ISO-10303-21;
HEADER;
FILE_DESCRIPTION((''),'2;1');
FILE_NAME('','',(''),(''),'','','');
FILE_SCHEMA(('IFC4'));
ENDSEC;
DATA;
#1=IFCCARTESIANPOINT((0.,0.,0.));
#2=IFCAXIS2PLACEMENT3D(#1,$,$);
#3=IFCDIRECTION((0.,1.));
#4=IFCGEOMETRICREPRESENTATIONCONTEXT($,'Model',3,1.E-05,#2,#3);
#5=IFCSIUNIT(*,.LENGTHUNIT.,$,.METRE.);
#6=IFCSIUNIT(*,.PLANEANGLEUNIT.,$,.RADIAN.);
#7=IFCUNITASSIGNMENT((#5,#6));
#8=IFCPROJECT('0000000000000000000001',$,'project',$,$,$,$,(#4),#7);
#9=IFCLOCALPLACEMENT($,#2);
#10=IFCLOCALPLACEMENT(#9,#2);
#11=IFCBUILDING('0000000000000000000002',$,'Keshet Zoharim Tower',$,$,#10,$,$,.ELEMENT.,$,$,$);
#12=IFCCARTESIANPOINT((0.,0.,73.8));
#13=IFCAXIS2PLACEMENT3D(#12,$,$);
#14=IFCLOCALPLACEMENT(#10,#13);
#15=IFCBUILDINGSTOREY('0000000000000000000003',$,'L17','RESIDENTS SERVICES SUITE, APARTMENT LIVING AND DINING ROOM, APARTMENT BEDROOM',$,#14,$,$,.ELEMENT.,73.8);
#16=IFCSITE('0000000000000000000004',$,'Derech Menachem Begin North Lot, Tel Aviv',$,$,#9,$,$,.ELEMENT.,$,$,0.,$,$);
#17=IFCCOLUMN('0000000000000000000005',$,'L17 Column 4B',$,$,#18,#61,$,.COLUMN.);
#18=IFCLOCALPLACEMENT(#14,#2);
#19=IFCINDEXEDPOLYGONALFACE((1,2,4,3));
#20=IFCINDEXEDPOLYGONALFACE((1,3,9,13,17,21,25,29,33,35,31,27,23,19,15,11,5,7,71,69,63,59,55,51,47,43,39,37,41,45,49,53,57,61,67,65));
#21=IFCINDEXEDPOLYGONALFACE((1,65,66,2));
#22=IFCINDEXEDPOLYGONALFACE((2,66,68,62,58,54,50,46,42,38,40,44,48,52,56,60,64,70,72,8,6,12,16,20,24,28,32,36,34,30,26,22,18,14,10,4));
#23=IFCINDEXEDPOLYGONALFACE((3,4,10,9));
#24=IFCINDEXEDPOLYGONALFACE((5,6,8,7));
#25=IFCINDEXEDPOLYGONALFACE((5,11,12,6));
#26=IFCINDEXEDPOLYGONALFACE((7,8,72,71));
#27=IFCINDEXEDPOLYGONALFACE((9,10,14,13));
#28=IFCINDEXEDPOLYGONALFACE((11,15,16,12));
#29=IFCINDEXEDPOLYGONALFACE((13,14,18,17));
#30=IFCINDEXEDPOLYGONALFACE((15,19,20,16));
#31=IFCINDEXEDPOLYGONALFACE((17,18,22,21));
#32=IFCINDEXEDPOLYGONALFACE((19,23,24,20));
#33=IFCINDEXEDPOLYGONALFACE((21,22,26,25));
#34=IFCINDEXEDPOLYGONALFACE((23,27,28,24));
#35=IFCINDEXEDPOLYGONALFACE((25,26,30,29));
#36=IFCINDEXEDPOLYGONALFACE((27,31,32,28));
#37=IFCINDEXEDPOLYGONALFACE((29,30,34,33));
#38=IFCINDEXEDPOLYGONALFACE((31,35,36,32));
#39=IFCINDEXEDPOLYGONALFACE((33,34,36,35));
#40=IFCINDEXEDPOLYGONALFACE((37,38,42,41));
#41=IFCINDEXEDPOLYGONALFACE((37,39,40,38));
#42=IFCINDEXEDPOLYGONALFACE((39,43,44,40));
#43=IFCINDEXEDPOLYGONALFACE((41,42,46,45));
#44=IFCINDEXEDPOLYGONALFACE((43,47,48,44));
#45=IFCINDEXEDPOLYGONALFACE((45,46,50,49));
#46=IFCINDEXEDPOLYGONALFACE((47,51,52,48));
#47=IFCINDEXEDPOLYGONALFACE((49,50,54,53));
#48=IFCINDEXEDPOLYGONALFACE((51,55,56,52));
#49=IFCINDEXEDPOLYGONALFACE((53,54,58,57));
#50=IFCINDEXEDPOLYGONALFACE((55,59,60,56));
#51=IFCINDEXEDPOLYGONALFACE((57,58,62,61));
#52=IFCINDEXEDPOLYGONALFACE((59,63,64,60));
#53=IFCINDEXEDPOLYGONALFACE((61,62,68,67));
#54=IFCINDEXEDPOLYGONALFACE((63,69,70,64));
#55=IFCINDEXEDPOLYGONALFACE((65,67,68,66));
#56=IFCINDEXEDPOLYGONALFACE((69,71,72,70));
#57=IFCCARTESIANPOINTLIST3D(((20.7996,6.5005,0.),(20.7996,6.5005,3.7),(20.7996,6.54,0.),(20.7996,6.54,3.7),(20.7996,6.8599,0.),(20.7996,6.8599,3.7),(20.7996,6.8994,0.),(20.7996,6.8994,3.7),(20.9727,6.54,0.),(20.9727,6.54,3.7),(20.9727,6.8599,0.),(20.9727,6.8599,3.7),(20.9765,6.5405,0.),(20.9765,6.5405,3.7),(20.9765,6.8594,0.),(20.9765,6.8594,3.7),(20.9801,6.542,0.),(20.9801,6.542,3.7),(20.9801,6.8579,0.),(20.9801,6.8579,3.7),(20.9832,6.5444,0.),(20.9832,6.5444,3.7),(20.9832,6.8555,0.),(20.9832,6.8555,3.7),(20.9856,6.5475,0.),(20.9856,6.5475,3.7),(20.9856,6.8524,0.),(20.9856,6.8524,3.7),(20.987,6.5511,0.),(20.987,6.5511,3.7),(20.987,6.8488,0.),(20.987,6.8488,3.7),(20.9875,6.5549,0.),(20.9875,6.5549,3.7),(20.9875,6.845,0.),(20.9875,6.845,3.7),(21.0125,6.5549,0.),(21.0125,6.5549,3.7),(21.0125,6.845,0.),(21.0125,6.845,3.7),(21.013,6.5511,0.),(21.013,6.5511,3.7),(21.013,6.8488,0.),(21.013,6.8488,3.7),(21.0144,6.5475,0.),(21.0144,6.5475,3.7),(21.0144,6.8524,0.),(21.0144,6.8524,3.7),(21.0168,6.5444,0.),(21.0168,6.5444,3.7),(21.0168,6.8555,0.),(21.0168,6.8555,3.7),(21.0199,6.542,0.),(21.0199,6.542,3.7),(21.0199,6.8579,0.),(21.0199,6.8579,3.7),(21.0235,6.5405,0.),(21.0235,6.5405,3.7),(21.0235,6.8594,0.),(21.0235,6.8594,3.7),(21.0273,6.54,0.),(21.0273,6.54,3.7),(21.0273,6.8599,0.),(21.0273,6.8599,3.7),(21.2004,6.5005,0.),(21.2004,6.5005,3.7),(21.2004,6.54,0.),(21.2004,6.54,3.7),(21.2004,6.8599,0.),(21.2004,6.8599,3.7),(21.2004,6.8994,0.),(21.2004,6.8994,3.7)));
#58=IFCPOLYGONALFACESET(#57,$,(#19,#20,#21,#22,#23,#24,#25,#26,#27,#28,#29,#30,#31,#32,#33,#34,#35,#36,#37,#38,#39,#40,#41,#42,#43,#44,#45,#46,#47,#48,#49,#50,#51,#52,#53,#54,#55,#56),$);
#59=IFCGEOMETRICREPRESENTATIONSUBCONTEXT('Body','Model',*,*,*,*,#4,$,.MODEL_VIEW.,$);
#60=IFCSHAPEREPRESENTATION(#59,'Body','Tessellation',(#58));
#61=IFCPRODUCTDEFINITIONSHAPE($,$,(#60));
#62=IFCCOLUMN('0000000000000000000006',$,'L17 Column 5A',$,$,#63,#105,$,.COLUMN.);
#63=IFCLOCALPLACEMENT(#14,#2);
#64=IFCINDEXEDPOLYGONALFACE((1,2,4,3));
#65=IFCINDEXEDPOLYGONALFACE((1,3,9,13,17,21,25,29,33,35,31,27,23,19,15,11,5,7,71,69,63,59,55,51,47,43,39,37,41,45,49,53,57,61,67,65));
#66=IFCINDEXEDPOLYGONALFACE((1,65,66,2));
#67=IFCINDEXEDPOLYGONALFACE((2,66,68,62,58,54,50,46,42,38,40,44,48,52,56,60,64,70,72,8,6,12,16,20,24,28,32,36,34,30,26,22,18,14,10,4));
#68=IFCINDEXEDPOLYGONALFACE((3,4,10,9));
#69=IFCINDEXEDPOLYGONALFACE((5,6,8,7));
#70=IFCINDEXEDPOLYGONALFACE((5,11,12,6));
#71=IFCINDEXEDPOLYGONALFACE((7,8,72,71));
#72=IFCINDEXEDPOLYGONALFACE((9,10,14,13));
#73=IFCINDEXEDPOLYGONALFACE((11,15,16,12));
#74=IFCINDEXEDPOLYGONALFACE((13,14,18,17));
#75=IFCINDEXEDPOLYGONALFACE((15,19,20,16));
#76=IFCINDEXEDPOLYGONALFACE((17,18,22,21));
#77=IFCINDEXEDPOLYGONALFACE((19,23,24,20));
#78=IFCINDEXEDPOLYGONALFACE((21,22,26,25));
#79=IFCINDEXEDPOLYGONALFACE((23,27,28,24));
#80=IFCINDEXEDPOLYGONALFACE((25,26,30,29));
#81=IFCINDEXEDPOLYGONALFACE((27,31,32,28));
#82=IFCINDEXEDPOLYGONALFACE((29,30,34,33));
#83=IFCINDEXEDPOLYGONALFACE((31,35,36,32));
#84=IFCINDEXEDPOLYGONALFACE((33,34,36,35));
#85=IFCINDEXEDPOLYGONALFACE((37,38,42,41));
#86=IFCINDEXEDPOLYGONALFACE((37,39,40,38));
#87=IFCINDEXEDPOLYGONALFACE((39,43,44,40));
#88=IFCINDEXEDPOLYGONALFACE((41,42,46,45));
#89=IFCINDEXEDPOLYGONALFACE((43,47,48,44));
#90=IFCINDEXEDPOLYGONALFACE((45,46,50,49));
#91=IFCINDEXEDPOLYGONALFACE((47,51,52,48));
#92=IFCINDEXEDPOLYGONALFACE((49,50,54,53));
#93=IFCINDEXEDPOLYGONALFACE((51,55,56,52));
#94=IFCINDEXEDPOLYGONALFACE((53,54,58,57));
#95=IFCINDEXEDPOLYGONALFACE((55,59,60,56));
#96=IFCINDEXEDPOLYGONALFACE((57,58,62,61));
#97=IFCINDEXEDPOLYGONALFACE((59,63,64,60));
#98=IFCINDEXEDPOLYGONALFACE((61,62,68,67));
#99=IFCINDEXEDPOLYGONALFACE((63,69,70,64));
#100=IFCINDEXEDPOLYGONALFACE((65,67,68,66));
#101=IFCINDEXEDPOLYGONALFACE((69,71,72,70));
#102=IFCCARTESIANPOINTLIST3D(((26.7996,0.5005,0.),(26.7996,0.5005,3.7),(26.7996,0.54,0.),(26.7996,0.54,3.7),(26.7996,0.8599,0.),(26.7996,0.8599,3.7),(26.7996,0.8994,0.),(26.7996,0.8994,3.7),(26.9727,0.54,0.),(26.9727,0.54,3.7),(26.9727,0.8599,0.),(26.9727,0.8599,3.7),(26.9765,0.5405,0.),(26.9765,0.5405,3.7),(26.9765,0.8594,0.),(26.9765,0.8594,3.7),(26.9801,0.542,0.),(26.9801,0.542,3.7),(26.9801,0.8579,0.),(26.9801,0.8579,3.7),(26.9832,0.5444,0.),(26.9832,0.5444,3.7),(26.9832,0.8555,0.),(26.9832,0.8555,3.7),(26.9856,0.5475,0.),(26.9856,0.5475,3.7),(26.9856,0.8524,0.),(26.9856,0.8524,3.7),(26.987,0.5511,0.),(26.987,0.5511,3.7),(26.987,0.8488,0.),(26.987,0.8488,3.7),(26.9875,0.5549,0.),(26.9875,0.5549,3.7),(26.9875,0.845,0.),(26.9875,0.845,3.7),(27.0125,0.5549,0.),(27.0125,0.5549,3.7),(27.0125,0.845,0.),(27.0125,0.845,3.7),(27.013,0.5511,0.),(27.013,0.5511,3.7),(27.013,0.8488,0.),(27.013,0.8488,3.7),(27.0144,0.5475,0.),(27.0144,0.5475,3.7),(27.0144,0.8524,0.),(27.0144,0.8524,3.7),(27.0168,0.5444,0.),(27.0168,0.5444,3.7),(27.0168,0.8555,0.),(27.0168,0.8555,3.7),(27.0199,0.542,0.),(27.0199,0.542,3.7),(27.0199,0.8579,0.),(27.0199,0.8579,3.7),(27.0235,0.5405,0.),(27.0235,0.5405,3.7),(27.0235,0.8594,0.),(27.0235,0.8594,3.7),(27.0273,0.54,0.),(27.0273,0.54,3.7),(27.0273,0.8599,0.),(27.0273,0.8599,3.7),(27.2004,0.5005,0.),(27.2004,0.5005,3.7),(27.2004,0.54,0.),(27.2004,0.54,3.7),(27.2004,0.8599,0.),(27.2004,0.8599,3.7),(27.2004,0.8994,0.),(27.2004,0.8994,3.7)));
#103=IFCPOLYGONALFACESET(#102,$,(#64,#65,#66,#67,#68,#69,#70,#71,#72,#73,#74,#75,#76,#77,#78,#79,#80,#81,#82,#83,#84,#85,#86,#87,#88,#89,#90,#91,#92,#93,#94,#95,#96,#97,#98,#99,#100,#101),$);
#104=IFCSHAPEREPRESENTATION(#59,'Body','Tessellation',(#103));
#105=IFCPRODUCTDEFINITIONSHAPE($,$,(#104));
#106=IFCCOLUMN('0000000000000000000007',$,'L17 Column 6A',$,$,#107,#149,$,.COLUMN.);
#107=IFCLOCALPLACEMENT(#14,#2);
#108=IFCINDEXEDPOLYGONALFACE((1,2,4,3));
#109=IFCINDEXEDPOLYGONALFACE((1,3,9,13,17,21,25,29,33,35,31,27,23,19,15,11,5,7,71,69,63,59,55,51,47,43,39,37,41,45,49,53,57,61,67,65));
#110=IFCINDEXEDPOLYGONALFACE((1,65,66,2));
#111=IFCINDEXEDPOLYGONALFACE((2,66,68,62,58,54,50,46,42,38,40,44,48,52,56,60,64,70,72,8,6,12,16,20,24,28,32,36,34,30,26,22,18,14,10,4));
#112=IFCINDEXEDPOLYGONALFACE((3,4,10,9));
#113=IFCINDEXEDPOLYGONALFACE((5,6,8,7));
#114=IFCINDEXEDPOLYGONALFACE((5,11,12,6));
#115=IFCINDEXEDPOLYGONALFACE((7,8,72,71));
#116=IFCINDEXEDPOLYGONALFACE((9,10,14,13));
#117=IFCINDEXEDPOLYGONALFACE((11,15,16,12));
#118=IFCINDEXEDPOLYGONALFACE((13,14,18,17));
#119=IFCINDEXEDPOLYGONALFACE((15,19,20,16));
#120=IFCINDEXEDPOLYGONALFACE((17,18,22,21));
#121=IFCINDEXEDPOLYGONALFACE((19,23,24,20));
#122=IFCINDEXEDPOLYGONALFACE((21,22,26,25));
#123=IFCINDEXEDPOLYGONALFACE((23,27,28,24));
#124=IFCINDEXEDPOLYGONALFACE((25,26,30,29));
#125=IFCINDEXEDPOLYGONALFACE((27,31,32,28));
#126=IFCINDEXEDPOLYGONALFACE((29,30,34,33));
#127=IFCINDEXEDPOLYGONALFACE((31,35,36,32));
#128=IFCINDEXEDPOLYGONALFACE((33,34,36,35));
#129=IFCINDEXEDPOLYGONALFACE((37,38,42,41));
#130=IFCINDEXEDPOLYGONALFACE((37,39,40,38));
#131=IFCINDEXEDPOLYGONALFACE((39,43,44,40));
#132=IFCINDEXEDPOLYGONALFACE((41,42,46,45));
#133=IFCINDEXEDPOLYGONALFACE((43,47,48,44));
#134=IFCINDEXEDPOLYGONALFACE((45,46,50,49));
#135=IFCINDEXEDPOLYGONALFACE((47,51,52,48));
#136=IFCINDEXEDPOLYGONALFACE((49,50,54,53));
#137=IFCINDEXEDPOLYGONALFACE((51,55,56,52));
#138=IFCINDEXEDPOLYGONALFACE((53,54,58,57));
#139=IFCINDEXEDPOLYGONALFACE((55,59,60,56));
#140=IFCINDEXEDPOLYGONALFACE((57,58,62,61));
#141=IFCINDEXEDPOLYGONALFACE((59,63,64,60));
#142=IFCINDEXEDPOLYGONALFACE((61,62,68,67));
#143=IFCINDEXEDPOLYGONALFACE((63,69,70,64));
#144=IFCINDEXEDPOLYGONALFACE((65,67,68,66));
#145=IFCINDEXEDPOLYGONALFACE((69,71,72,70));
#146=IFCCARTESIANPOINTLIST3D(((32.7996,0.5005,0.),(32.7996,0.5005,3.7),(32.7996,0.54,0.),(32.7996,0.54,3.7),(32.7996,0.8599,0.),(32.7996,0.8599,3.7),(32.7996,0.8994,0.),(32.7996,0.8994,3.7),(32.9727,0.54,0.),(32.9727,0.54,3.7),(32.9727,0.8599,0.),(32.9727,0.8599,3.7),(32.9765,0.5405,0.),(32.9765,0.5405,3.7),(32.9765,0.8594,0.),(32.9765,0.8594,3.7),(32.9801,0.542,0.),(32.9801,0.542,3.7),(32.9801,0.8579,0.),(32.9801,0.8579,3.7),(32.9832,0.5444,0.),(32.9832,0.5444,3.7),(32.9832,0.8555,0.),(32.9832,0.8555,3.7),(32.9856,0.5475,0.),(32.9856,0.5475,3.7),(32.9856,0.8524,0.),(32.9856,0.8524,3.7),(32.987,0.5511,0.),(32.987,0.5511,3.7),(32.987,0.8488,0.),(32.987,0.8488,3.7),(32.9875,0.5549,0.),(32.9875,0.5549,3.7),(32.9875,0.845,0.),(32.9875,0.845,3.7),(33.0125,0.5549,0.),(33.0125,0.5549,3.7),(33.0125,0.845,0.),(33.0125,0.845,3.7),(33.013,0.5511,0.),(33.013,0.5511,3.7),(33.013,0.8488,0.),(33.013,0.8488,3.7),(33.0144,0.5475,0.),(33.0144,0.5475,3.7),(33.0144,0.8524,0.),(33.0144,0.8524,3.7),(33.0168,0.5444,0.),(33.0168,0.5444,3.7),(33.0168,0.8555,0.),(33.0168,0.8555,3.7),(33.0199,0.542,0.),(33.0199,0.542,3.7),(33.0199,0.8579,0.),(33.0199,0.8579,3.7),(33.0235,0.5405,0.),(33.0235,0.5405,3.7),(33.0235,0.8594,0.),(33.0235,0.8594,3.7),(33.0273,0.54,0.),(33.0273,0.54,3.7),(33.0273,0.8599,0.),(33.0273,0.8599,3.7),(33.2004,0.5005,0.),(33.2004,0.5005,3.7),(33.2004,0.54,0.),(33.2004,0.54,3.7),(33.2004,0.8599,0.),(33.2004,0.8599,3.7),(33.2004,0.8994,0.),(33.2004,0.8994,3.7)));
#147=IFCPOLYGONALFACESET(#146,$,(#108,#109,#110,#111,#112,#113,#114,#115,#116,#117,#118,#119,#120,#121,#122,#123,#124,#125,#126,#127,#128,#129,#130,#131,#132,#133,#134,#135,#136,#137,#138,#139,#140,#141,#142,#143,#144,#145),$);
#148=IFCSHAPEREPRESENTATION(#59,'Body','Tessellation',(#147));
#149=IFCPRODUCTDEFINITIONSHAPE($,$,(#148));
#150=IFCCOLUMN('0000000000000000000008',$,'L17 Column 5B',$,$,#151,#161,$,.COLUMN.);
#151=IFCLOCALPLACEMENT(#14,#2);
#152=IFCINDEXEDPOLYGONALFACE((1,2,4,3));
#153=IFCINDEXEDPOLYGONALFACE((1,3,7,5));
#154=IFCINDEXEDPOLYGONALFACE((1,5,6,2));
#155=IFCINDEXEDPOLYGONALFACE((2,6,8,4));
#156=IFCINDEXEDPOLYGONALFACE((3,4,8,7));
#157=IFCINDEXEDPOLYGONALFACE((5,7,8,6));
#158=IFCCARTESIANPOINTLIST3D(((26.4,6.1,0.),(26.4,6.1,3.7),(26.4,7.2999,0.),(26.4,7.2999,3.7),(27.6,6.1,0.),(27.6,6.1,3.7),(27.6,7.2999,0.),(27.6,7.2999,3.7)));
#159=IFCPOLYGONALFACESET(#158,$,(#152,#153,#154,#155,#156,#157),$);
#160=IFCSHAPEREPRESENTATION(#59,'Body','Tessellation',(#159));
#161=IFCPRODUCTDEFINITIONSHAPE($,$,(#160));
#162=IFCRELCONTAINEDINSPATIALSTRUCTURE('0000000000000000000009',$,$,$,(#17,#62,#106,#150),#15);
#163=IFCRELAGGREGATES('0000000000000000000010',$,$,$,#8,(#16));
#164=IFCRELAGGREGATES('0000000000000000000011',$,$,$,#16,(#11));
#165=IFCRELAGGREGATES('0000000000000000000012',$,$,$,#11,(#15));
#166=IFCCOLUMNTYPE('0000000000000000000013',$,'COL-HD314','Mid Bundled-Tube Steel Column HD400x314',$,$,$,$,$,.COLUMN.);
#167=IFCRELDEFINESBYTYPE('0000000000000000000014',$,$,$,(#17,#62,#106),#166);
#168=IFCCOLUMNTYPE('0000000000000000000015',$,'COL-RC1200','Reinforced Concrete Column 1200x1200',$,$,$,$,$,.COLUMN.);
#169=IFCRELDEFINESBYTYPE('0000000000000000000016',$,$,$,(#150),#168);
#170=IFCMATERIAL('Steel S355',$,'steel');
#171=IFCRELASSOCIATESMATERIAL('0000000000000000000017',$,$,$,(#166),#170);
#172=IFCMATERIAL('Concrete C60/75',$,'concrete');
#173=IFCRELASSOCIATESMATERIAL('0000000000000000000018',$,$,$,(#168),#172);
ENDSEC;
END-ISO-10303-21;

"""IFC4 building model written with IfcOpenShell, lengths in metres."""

from ifc_helpers import new_model, si_unit, direction, frame, origin, origin_2d, place, context, subcontext, project, spatial, rectangle, i_section, extrude, material, material_profile, profile_set, type_object, element, save


model = new_model("IFC4")

# Units and contexts
model_context = context("Model", 3, precision=1e-05, world=origin(), true_north=direction((0.0, 1.0)))
body_context = subcontext(model_context, "Body", "Model", "MODEL_VIEW")
ifc_project = project(units=[si_unit("LENGTHUNIT", "METRE"), si_unit("PLANEANGLEUNIT", "RADIAN")], contexts=[model_context])

# Site, building, storey
site_placement = place(None, origin())
site = spatial("IfcSite", under=ifc_project, at=site_placement, Name="Derech Menachem Begin North Lot, Tel Aviv", CompositionType="ELEMENT", RefElevation=0.0)
building_placement = place(site_placement, origin())
building = spatial("IfcBuilding", under=site, at=building_placement, Name="Keshet Zoharim Tower", CompositionType="ELEMENT")
storey_placement = place(building_placement, frame((0.0, 0.0, 73.8)))
storey = spatial("IfcBuildingStorey", under=building, at=storey_placement, Name="L17", Description="RESIDENTS SERVICES SUITE, APARTMENT LIVING AND DINING ROOM, APARTMENT BEDROOM", CompositionType="ELEMENT", Elevation=73.8)

# Columns
ifc_material_1 = material(Name="Steel S355", Category="steel")
ifc_material_profile_1 = material_profile(ifc_material_1, i_section(OverallWidth=0.4009, OverallDepth=0.3989, WebThickness=0.0249, FlangeThickness=0.0396, FilletRadius=0.0149, at=origin_2d()), Name="HD400x314")
ifc_profile_set_1 = profile_set([ifc_material_profile_1], Name="Steel S355")
column_type_1 = type_object("IfcColumnType", Name="COL-HD314", Description="Mid Bundled-Tube Steel Column HD400x314", PredefinedType="COLUMN", material=ifc_profile_set_1)
for number, where, z_axis, x_axis, name in (
    (1, (21.0, 6.7, 0.0), (0.0, 0.0, 1.0), (1.0, 0.0, 0.0), "L17 Column 4B"),
    (2, (27.0, 0.7, 0.0), (0.0, 0.0, 1.0), (1.0, 0.0, 0.0), "L17 Column 5A"),
    (3, (33.0, 0.7, 0.0), (0.0, 0.0, 1.0), (1.0, 0.0, 0.0), "L17 Column 6A"),
):
    element("IfcColumn", number, at=place(storey_placement, frame(where, z_axis=z_axis, x_axis=x_axis)), inside=storey, type_object=column_type_1, Name=name, PredefinedType="COLUMN", context=body_context, shape_type="SweptSolid", body=[
        extrude(i_section(OverallWidth=0.4009, OverallDepth=0.3989, WebThickness=0.0249, FlangeThickness=0.0396, FilletRadius=0.0149, at=origin_2d()), origin(), (0.0, 0.0, 1.0), 3.7),
    ])
ifc_material_2 = material(Name="Concrete C60/75", Category="concrete")
ifc_material_profile_2 = material_profile(ifc_material_2, rectangle(XDim=1.2, YDim=1.2, at=origin_2d()), Name="RC1200x1200")
ifc_profile_set_2 = profile_set([ifc_material_profile_2], Name="Concrete C60/75")
column_type_2 = type_object("IfcColumnType", Name="COL-RC1200", Description="Reinforced Concrete Column 1200x1200", PredefinedType="COLUMN", material=ifc_profile_set_2)
column_placement = place(storey_placement, frame((27.0, 6.7, 0.0), z_axis=(0.0, 0.0, 1.0), x_axis=(1.0, 0.0, 0.0)))
element("IfcColumn", 4, at=column_placement, inside=storey, type_object=column_type_2, Name="L17 Column 5B", PredefinedType="COLUMN", context=body_context, shape_type="SweptSolid", body=[
    extrude(rectangle(XDim=1.2, YDim=1.2, at=origin_2d()), origin(), (0.0, 0.0, 1.0), 3.7),
])

save(model, "model.ifc")
